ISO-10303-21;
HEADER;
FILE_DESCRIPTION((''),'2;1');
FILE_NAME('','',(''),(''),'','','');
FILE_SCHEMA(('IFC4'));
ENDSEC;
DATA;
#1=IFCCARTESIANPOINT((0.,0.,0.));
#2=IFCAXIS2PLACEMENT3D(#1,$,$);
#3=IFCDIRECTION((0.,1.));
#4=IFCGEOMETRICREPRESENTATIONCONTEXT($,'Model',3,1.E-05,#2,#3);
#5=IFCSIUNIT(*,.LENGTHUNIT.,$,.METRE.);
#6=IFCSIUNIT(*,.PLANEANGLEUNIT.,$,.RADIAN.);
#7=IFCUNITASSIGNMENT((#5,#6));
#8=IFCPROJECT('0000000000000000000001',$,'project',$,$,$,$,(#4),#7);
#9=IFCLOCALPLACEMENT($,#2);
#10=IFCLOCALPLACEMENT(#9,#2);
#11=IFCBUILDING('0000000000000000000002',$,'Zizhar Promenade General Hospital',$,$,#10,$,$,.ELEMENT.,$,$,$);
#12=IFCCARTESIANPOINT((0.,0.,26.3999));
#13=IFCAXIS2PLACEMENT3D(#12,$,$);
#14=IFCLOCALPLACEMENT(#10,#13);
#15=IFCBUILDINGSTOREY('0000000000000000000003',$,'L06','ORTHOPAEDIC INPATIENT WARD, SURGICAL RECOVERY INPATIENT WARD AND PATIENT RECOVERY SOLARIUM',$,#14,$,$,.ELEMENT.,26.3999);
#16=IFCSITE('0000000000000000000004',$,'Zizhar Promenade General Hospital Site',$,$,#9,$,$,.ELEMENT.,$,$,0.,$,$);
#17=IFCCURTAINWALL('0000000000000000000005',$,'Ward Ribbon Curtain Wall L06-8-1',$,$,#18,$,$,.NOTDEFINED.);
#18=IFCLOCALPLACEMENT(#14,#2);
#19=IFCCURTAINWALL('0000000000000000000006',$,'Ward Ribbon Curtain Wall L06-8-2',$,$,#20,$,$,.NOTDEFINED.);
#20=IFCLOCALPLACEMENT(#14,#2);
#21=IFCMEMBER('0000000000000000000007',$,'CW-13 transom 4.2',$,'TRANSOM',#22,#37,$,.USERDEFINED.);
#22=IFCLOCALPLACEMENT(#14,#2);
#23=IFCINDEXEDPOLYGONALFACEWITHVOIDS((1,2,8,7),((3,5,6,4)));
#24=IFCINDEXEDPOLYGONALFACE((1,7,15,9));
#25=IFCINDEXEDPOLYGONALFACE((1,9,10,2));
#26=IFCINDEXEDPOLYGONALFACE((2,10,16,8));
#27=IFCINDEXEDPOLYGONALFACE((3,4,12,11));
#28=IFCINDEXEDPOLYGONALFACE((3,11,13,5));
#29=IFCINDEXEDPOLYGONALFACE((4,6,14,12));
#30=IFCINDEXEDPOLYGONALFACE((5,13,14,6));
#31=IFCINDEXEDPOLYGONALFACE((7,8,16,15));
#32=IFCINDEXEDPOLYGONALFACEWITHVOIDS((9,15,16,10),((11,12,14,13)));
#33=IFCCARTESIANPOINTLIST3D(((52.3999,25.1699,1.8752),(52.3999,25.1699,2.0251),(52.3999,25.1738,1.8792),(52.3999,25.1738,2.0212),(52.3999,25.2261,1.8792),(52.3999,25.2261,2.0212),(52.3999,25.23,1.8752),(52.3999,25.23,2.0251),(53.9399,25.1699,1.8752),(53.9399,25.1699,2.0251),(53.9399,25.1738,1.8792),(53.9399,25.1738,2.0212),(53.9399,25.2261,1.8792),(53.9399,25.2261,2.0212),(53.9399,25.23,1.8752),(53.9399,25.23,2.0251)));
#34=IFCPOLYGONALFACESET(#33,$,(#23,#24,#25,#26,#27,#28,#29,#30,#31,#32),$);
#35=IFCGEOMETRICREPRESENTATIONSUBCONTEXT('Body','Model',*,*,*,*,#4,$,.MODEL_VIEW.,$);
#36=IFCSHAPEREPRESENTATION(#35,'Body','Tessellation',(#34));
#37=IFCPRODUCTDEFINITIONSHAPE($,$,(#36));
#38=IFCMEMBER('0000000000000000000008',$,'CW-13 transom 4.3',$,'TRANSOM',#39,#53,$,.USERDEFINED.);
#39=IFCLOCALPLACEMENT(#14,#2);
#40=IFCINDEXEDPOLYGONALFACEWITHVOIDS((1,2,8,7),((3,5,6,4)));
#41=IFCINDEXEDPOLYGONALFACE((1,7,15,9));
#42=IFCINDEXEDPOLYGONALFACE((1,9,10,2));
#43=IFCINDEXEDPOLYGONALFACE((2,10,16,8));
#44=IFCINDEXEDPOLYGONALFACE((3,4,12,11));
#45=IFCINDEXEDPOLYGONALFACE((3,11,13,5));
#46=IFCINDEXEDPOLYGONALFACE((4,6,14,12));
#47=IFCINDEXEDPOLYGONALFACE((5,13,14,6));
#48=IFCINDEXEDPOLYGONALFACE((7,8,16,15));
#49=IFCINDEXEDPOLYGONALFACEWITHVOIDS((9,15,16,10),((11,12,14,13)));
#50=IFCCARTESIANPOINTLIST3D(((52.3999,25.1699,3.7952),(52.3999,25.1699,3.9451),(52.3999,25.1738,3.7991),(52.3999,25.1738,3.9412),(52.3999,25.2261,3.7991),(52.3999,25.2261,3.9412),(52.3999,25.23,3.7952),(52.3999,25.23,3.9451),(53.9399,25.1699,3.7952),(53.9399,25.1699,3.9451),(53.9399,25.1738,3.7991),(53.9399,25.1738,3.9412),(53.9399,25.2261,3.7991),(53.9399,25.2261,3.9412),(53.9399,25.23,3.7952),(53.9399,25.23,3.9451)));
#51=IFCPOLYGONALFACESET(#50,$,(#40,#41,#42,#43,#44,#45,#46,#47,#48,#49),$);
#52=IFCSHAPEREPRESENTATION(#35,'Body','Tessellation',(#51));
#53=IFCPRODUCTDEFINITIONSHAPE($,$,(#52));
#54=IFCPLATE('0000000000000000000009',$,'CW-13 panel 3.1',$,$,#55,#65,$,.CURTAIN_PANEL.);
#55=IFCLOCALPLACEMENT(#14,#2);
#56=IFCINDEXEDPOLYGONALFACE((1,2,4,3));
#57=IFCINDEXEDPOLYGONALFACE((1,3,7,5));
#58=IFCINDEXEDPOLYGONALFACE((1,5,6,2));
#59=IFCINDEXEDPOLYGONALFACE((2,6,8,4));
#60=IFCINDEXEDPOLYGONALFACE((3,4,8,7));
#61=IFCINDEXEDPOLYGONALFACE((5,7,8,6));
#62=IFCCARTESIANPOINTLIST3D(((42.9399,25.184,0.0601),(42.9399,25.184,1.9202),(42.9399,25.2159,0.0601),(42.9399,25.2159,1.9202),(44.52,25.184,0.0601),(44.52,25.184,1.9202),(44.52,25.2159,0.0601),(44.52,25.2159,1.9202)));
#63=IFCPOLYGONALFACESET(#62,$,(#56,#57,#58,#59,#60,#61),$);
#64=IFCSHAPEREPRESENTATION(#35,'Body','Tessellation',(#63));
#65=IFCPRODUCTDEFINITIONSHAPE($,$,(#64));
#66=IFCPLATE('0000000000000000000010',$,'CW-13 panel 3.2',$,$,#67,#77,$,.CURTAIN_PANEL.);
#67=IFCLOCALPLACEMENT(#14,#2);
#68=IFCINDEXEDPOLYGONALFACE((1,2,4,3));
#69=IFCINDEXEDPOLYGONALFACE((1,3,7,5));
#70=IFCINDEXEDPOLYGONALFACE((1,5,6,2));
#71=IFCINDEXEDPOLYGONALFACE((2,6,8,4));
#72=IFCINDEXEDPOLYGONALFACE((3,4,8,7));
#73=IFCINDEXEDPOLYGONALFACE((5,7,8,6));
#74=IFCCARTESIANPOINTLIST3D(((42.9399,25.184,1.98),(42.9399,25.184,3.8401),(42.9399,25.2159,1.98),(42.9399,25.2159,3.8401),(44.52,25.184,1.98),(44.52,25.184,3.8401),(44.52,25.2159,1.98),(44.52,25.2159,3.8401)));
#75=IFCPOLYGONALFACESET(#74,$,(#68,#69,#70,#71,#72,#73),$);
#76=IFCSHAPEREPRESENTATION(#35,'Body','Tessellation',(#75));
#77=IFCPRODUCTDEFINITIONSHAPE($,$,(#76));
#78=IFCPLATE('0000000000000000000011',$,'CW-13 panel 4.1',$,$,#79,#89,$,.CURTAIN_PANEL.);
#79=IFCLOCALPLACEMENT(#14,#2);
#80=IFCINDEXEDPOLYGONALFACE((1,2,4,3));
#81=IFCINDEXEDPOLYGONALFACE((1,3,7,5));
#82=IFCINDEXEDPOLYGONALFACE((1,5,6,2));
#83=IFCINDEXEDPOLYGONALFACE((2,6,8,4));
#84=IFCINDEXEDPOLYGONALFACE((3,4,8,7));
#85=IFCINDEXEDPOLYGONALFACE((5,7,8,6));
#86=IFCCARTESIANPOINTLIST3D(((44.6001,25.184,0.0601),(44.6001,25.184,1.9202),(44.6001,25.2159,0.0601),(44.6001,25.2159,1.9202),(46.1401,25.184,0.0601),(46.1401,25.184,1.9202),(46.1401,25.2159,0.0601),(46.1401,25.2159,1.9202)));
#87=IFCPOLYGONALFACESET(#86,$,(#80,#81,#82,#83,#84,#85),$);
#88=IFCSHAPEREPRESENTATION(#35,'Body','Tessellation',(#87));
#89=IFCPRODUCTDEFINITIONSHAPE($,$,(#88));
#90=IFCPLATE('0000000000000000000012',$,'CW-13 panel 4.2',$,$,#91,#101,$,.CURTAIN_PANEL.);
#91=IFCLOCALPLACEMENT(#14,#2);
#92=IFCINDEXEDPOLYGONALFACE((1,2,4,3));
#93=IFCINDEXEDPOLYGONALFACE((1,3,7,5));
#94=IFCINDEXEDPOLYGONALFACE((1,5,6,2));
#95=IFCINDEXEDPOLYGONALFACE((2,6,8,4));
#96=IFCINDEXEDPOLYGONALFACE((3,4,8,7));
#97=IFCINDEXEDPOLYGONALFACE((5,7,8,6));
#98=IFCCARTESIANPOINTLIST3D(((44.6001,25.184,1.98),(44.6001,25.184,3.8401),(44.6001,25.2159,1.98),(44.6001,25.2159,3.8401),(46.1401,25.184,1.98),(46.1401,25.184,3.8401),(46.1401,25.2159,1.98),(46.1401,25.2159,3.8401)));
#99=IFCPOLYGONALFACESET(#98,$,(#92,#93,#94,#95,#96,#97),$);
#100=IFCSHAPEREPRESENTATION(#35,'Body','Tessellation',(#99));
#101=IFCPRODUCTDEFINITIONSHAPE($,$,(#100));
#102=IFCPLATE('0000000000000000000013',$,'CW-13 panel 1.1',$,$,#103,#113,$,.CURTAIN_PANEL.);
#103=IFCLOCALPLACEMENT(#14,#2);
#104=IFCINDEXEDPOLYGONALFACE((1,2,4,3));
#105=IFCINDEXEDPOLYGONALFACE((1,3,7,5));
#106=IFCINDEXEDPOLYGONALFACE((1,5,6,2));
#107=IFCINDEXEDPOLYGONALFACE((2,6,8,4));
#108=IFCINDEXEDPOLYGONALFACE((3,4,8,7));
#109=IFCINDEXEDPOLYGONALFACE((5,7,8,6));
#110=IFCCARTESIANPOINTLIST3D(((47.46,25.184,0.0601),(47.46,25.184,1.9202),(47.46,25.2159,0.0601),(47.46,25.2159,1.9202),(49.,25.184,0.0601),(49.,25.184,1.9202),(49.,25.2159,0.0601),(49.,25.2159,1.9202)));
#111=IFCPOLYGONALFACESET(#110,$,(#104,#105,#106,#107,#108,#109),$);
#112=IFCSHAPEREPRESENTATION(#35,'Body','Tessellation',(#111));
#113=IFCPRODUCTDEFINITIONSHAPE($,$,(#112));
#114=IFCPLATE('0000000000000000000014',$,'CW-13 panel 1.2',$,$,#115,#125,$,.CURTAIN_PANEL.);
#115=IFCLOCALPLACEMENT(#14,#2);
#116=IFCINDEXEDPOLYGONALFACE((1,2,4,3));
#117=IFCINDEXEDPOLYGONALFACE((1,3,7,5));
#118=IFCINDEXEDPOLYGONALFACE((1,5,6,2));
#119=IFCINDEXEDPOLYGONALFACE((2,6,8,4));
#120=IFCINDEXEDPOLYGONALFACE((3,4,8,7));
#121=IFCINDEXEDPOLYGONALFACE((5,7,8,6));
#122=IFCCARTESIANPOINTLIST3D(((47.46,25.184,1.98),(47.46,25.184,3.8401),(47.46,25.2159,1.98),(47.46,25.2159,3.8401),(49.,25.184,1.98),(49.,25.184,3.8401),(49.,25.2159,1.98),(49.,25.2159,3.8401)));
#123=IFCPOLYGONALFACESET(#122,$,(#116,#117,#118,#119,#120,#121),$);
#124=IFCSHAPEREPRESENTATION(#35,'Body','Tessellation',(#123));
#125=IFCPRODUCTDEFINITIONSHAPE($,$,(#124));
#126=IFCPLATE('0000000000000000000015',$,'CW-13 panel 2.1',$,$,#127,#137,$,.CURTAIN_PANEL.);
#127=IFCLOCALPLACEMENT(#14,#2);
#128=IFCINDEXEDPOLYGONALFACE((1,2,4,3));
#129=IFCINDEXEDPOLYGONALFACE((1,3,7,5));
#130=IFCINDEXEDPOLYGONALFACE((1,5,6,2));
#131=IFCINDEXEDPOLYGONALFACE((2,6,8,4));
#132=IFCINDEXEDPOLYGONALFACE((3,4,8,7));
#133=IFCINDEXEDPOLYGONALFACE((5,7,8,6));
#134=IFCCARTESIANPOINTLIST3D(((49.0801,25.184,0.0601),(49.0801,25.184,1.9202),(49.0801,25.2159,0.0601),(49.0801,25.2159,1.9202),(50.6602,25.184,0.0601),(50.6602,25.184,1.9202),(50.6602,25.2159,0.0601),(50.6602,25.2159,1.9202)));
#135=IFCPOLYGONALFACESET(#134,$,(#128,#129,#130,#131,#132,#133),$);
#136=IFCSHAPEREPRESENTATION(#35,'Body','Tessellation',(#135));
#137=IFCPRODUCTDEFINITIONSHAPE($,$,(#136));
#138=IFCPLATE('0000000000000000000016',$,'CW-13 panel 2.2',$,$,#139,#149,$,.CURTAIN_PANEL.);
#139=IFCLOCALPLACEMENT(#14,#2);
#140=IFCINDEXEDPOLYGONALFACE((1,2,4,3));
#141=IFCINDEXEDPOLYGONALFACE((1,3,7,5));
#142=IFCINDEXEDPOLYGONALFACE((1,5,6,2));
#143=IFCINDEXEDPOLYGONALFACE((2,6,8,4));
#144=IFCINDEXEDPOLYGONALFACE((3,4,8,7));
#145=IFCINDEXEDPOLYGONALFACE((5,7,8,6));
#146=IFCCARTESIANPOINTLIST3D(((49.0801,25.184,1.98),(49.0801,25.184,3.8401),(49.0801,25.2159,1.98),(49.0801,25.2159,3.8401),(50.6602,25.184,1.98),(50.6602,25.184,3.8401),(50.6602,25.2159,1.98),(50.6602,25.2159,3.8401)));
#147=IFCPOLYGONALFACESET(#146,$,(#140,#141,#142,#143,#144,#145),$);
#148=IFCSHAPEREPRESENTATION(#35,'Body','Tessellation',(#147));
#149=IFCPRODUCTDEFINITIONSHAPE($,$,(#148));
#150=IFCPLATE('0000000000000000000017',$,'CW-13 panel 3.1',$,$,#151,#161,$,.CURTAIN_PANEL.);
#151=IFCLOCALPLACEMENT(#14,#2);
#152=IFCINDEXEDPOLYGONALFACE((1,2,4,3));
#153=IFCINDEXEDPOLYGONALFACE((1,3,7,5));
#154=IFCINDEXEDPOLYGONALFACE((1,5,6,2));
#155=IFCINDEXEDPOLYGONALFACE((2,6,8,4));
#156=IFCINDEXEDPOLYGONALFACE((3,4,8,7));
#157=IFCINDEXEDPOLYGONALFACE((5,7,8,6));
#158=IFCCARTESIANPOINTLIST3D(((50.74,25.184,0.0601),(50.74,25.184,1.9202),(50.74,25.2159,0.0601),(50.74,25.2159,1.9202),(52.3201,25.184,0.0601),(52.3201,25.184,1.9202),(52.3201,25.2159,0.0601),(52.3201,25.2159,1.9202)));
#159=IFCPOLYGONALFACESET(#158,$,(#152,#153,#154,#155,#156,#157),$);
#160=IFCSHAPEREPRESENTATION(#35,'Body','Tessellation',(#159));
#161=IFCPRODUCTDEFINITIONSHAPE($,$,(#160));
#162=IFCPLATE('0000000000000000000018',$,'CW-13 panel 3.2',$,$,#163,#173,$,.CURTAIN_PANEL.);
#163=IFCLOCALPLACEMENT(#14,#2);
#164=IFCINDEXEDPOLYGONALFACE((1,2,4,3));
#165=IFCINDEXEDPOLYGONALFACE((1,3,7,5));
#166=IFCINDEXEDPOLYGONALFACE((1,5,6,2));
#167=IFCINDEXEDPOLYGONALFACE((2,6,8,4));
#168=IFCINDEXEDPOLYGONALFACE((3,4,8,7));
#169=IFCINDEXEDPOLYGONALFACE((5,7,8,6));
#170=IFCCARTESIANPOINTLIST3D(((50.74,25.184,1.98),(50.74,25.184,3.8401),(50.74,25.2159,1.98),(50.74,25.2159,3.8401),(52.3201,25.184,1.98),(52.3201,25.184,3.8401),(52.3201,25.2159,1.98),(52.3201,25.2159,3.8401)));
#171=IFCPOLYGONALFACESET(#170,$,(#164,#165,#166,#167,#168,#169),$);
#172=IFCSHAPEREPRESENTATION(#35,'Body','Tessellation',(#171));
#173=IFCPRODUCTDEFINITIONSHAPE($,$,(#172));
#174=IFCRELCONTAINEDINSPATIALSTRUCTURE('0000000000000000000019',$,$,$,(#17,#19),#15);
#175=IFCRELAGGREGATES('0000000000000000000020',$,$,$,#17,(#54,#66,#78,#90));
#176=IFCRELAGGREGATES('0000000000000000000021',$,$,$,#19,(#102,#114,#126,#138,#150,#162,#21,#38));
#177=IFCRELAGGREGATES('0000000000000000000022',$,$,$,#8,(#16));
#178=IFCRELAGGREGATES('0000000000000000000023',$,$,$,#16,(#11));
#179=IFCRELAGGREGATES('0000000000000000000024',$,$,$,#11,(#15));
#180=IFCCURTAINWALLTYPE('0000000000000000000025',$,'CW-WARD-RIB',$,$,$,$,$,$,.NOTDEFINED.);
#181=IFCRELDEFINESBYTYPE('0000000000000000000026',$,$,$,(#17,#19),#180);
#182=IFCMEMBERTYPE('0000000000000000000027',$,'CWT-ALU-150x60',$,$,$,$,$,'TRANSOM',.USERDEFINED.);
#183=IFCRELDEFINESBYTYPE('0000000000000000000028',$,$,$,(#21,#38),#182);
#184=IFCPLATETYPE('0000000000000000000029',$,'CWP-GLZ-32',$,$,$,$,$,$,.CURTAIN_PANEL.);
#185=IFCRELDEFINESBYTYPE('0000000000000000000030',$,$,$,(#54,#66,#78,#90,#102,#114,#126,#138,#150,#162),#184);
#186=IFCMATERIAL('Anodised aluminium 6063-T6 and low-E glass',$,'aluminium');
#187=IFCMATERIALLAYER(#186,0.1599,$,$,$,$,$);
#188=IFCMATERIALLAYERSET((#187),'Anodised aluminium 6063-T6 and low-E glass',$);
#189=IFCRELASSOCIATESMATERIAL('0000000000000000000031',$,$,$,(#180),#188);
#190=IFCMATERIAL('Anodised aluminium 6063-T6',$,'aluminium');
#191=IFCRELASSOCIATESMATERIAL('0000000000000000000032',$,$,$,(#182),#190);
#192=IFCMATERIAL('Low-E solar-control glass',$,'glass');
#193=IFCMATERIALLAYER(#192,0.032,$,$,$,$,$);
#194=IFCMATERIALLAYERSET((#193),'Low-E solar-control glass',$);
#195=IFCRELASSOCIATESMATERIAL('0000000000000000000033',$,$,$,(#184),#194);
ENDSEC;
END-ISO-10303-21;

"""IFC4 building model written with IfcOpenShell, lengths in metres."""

from ifc_helpers import new_model, si_unit, direction, frame, origin, origin_2d, place, context, subcontext, project, spatial, rectangle, hollow_rectangle, extrude, material, layer, layer_set, material_profile, profile_set, type_object, element, aggregate, save


model = new_model("IFC4")

# Units and contexts
model_context = context("Model", 3, precision=1e-05, world=origin(), true_north=direction((0.0, 1.0)))
body_context = subcontext(model_context, "Body", "Model", "MODEL_VIEW")
ifc_project = project(units=[si_unit("LENGTHUNIT", "METRE"), si_unit("PLANEANGLEUNIT", "RADIAN")], contexts=[model_context])

# Site, building, storey
site_placement = place(None, origin())
site = spatial("IfcSite", under=ifc_project, at=site_placement, Name="Zizhar Promenade General Hospital Site", CompositionType="ELEMENT", RefElevation=0.0)
building_placement = place(site_placement, origin())
building = spatial("IfcBuilding", under=site, at=building_placement, Name="Zizhar Promenade General Hospital", CompositionType="ELEMENT")
storey_placement = place(building_placement, frame((0.0, 0.0, 26.3999)))
storey = spatial("IfcBuildingStorey", under=building, at=storey_placement, Name="L06", Description="ORTHOPAEDIC INPATIENT WARD, SURGICAL RECOVERY INPATIENT WARD AND PATIENT RECOVERY SOLARIUM", CompositionType="ELEMENT", Elevation=26.3999)

# Curtain walls
ifc_material_1 = material(Name="Anodised aluminium 6063-T6 and low-E glass", Category="aluminium")
ifc_layer_1 = layer(ifc_material_1, 0.1599)
ifc_layer_set_1 = layer_set([ifc_layer_1], Name="Anodised aluminium 6063-T6 and low-E glass")
curtain_wall_type = type_object("IfcCurtainWallType", Name="CW-WARD-RIB", PredefinedType="NOTDEFINED", material=ifc_layer_set_1)
curtain_wall_1_placement = place(storey_placement, origin())
curtain_wall_1 = element("IfcCurtainWall", 1, at=curtain_wall_1_placement, inside=storey, type_object=curtain_wall_type, Name="Ward Ribbon Curtain Wall L06-8-1", PredefinedType="NOTDEFINED")
curtain_wall_2_placement = place(storey_placement, origin())
curtain_wall_2 = element("IfcCurtainWall", 2, at=curtain_wall_2_placement, inside=storey, type_object=curtain_wall_type, Name="Ward Ribbon Curtain Wall L06-8-2", PredefinedType="NOTDEFINED")

# Members
ifc_material_2 = material(Name="Anodised aluminium 6063-T6", Category="aluminium")
ifc_material_profile_1 = material_profile(ifc_material_2, hollow_rectangle(XDim=0.0601, YDim=0.1499, WallThickness=0.0039, at=origin_2d()))
ifc_profile_set_1 = profile_set([ifc_material_profile_1], Name="Anodised aluminium 6063-T6")
member_type_1 = type_object("IfcMemberType", Name="CWT-ALU-150x60", ElementType="TRANSOM", PredefinedType="USERDEFINED", material=ifc_profile_set_1)
member_1_placement = place(storey_placement, frame((52.3999, 25.2, 1.9502), z_axis=(1.0, 0.0, 0.0), x_axis=(0.0, 1.0, 0.0)))
member_1 = element("IfcMember", 3, at=member_1_placement, type_object=member_type_1, Name="CW-13 transom 4.2", ObjectType="TRANSOM", PredefinedType="USERDEFINED", context=body_context, shape_type="SweptSolid", body=[
    extrude(hollow_rectangle(XDim=0.0601, YDim=0.1499, WallThickness=0.0039, at=origin_2d()), origin(), (0.0, 0.0, 1.0), 1.54),
])
member_2_placement = place(storey_placement, frame((52.3999, 25.2, 3.8701), z_axis=(1.0, 0.0, 0.0), x_axis=(0.0, 1.0, 0.0)))
member_2 = element("IfcMember", 4, at=member_2_placement, type_object=member_type_1, Name="CW-13 transom 4.3", ObjectType="TRANSOM", PredefinedType="USERDEFINED", context=body_context, shape_type="SweptSolid", body=[
    extrude(hollow_rectangle(XDim=0.0601, YDim=0.1499, WallThickness=0.0039, at=origin_2d()), origin(), (0.0, 0.0, 1.0), 1.54),
])

# Plates
ifc_material_3 = material(Name="Low-E solar-control glass", Category="glass")
ifc_layer_2 = layer(ifc_material_3, 0.032)
ifc_layer_set_2 = layer_set([ifc_layer_2], Name="Low-E solar-control glass")
plate_type = type_object("IfcPlateType", Name="CWP-GLZ-32", PredefinedType="CURTAIN_PANEL", material=ifc_layer_set_2)
plate_1_placement = place(storey_placement, frame((43.73, 25.2, 0.0601), z_axis=(0.0, 0.0, 1.0), x_axis=(1.0, 0.0, 0.0)))
plate_1 = element("IfcPlate", 5, at=plate_1_placement, type_object=plate_type, Name="CW-13 panel 3.1", PredefinedType="CURTAIN_PANEL", context=body_context, shape_type="SweptSolid", body=[
    extrude(rectangle(XDim=1.5801, YDim=0.032, at=origin_2d()), origin(), (0.0, 0.0, 1.0), 1.8601),
])
plate_2_placement = place(storey_placement, frame((43.73, 25.2, 1.98), z_axis=(0.0, 0.0, 1.0), x_axis=(1.0, 0.0, 0.0)))
plate_2 = element("IfcPlate", 6, at=plate_2_placement, type_object=plate_type, Name="CW-13 panel 3.2", PredefinedType="CURTAIN_PANEL", context=body_context, shape_type="SweptSolid", body=[
    extrude(rectangle(XDim=1.5801, YDim=0.032, at=origin_2d()), origin(), (0.0, 0.0, 1.0), 1.8601),
])
plate_3_placement = place(storey_placement, frame((45.3701, 25.2, 0.0601), z_axis=(0.0, 0.0, 1.0), x_axis=(1.0, 0.0, 0.0)))
plate_3 = element("IfcPlate", 7, at=plate_3_placement, type_object=plate_type, Name="CW-13 panel 4.1", PredefinedType="CURTAIN_PANEL", context=body_context, shape_type="SweptSolid", body=[
    extrude(rectangle(XDim=1.54, YDim=0.032, at=origin_2d()), origin(), (0.0, 0.0, 1.0), 1.8601),
])
plate_4_placement = place(storey_placement, frame((45.3701, 25.2, 1.98), z_axis=(0.0, 0.0, 1.0), x_axis=(1.0, 0.0, 0.0)))
plate_4 = element("IfcPlate", 8, at=plate_4_placement, type_object=plate_type, Name="CW-13 panel 4.2", PredefinedType="CURTAIN_PANEL", context=body_context, shape_type="SweptSolid", body=[
    extrude(rectangle(XDim=1.54, YDim=0.032, at=origin_2d()), origin(), (0.0, 0.0, 1.0), 1.8601),
])
aggregate(curtain_wall_1, [plate_1, plate_2, plate_3, plate_4])
plate_5_placement = place(storey_placement, frame((48.23, 25.2, 0.0601), z_axis=(0.0, 0.0, 1.0), x_axis=(1.0, 0.0, 0.0)))
plate_5 = element("IfcPlate", 9, at=plate_5_placement, type_object=plate_type, Name="CW-13 panel 1.1", PredefinedType="CURTAIN_PANEL", context=body_context, shape_type="SweptSolid", body=[
    extrude(rectangle(XDim=1.54, YDim=0.032, at=origin_2d()), origin(), (0.0, 0.0, 1.0), 1.8601),
])
plate_6_placement = place(storey_placement, frame((48.23, 25.2, 1.98), z_axis=(0.0, 0.0, 1.0), x_axis=(1.0, 0.0, 0.0)))
plate_6 = element("IfcPlate", 10, at=plate_6_placement, type_object=plate_type, Name="CW-13 panel 1.2", PredefinedType="CURTAIN_PANEL", context=body_context, shape_type="SweptSolid", body=[
    extrude(rectangle(XDim=1.54, YDim=0.032, at=origin_2d()), origin(), (0.0, 0.0, 1.0), 1.8601),
])
plate_7_placement = place(storey_placement, frame((49.8701, 25.2, 0.0601), z_axis=(0.0, 0.0, 1.0), x_axis=(1.0, 0.0, 0.0)))
plate_7 = element("IfcPlate", 11, at=plate_7_placement, type_object=plate_type, Name="CW-13 panel 2.1", PredefinedType="CURTAIN_PANEL", context=body_context, shape_type="SweptSolid", body=[
    extrude(rectangle(XDim=1.5801, YDim=0.032, at=origin_2d()), origin(), (0.0, 0.0, 1.0), 1.8601),
])
plate_8_placement = place(storey_placement, frame((49.8701, 25.2, 1.98), z_axis=(0.0, 0.0, 1.0), x_axis=(1.0, 0.0, 0.0)))
plate_8 = element("IfcPlate", 12, at=plate_8_placement, type_object=plate_type, Name="CW-13 panel 2.2", PredefinedType="CURTAIN_PANEL", context=body_context, shape_type="SweptSolid", body=[
    extrude(rectangle(XDim=1.5801, YDim=0.032, at=origin_2d()), origin(), (0.0, 0.0, 1.0), 1.8601),
])
plate_9_placement = place(storey_placement, frame((51.53, 25.2, 0.0601), z_axis=(0.0, 0.0, 1.0), x_axis=(1.0, 0.0, 0.0)))
plate_9 = element("IfcPlate", 13, at=plate_9_placement, type_object=plate_type, Name="CW-13 panel 3.1", PredefinedType="CURTAIN_PANEL", context=body_context, shape_type="SweptSolid", body=[
    extrude(rectangle(XDim=1.5801, YDim=0.032, at=origin_2d()), origin(), (0.0, 0.0, 1.0), 1.8601),
])
plate_10_placement = place(storey_placement, frame((51.53, 25.2, 1.98), z_axis=(0.0, 0.0, 1.0), x_axis=(1.0, 0.0, 0.0)))
plate_10 = element("IfcPlate", 14, at=plate_10_placement, type_object=plate_type, Name="CW-13 panel 3.2", PredefinedType="CURTAIN_PANEL", context=body_context, shape_type="SweptSolid", body=[
    extrude(rectangle(XDim=1.5801, YDim=0.032, at=origin_2d()), origin(), (0.0, 0.0, 1.0), 1.8601),
])
aggregate(curtain_wall_2, [plate_5, plate_6, plate_7, plate_8, plate_9, plate_10, member_1, member_2])

save(model, "model.ifc")
